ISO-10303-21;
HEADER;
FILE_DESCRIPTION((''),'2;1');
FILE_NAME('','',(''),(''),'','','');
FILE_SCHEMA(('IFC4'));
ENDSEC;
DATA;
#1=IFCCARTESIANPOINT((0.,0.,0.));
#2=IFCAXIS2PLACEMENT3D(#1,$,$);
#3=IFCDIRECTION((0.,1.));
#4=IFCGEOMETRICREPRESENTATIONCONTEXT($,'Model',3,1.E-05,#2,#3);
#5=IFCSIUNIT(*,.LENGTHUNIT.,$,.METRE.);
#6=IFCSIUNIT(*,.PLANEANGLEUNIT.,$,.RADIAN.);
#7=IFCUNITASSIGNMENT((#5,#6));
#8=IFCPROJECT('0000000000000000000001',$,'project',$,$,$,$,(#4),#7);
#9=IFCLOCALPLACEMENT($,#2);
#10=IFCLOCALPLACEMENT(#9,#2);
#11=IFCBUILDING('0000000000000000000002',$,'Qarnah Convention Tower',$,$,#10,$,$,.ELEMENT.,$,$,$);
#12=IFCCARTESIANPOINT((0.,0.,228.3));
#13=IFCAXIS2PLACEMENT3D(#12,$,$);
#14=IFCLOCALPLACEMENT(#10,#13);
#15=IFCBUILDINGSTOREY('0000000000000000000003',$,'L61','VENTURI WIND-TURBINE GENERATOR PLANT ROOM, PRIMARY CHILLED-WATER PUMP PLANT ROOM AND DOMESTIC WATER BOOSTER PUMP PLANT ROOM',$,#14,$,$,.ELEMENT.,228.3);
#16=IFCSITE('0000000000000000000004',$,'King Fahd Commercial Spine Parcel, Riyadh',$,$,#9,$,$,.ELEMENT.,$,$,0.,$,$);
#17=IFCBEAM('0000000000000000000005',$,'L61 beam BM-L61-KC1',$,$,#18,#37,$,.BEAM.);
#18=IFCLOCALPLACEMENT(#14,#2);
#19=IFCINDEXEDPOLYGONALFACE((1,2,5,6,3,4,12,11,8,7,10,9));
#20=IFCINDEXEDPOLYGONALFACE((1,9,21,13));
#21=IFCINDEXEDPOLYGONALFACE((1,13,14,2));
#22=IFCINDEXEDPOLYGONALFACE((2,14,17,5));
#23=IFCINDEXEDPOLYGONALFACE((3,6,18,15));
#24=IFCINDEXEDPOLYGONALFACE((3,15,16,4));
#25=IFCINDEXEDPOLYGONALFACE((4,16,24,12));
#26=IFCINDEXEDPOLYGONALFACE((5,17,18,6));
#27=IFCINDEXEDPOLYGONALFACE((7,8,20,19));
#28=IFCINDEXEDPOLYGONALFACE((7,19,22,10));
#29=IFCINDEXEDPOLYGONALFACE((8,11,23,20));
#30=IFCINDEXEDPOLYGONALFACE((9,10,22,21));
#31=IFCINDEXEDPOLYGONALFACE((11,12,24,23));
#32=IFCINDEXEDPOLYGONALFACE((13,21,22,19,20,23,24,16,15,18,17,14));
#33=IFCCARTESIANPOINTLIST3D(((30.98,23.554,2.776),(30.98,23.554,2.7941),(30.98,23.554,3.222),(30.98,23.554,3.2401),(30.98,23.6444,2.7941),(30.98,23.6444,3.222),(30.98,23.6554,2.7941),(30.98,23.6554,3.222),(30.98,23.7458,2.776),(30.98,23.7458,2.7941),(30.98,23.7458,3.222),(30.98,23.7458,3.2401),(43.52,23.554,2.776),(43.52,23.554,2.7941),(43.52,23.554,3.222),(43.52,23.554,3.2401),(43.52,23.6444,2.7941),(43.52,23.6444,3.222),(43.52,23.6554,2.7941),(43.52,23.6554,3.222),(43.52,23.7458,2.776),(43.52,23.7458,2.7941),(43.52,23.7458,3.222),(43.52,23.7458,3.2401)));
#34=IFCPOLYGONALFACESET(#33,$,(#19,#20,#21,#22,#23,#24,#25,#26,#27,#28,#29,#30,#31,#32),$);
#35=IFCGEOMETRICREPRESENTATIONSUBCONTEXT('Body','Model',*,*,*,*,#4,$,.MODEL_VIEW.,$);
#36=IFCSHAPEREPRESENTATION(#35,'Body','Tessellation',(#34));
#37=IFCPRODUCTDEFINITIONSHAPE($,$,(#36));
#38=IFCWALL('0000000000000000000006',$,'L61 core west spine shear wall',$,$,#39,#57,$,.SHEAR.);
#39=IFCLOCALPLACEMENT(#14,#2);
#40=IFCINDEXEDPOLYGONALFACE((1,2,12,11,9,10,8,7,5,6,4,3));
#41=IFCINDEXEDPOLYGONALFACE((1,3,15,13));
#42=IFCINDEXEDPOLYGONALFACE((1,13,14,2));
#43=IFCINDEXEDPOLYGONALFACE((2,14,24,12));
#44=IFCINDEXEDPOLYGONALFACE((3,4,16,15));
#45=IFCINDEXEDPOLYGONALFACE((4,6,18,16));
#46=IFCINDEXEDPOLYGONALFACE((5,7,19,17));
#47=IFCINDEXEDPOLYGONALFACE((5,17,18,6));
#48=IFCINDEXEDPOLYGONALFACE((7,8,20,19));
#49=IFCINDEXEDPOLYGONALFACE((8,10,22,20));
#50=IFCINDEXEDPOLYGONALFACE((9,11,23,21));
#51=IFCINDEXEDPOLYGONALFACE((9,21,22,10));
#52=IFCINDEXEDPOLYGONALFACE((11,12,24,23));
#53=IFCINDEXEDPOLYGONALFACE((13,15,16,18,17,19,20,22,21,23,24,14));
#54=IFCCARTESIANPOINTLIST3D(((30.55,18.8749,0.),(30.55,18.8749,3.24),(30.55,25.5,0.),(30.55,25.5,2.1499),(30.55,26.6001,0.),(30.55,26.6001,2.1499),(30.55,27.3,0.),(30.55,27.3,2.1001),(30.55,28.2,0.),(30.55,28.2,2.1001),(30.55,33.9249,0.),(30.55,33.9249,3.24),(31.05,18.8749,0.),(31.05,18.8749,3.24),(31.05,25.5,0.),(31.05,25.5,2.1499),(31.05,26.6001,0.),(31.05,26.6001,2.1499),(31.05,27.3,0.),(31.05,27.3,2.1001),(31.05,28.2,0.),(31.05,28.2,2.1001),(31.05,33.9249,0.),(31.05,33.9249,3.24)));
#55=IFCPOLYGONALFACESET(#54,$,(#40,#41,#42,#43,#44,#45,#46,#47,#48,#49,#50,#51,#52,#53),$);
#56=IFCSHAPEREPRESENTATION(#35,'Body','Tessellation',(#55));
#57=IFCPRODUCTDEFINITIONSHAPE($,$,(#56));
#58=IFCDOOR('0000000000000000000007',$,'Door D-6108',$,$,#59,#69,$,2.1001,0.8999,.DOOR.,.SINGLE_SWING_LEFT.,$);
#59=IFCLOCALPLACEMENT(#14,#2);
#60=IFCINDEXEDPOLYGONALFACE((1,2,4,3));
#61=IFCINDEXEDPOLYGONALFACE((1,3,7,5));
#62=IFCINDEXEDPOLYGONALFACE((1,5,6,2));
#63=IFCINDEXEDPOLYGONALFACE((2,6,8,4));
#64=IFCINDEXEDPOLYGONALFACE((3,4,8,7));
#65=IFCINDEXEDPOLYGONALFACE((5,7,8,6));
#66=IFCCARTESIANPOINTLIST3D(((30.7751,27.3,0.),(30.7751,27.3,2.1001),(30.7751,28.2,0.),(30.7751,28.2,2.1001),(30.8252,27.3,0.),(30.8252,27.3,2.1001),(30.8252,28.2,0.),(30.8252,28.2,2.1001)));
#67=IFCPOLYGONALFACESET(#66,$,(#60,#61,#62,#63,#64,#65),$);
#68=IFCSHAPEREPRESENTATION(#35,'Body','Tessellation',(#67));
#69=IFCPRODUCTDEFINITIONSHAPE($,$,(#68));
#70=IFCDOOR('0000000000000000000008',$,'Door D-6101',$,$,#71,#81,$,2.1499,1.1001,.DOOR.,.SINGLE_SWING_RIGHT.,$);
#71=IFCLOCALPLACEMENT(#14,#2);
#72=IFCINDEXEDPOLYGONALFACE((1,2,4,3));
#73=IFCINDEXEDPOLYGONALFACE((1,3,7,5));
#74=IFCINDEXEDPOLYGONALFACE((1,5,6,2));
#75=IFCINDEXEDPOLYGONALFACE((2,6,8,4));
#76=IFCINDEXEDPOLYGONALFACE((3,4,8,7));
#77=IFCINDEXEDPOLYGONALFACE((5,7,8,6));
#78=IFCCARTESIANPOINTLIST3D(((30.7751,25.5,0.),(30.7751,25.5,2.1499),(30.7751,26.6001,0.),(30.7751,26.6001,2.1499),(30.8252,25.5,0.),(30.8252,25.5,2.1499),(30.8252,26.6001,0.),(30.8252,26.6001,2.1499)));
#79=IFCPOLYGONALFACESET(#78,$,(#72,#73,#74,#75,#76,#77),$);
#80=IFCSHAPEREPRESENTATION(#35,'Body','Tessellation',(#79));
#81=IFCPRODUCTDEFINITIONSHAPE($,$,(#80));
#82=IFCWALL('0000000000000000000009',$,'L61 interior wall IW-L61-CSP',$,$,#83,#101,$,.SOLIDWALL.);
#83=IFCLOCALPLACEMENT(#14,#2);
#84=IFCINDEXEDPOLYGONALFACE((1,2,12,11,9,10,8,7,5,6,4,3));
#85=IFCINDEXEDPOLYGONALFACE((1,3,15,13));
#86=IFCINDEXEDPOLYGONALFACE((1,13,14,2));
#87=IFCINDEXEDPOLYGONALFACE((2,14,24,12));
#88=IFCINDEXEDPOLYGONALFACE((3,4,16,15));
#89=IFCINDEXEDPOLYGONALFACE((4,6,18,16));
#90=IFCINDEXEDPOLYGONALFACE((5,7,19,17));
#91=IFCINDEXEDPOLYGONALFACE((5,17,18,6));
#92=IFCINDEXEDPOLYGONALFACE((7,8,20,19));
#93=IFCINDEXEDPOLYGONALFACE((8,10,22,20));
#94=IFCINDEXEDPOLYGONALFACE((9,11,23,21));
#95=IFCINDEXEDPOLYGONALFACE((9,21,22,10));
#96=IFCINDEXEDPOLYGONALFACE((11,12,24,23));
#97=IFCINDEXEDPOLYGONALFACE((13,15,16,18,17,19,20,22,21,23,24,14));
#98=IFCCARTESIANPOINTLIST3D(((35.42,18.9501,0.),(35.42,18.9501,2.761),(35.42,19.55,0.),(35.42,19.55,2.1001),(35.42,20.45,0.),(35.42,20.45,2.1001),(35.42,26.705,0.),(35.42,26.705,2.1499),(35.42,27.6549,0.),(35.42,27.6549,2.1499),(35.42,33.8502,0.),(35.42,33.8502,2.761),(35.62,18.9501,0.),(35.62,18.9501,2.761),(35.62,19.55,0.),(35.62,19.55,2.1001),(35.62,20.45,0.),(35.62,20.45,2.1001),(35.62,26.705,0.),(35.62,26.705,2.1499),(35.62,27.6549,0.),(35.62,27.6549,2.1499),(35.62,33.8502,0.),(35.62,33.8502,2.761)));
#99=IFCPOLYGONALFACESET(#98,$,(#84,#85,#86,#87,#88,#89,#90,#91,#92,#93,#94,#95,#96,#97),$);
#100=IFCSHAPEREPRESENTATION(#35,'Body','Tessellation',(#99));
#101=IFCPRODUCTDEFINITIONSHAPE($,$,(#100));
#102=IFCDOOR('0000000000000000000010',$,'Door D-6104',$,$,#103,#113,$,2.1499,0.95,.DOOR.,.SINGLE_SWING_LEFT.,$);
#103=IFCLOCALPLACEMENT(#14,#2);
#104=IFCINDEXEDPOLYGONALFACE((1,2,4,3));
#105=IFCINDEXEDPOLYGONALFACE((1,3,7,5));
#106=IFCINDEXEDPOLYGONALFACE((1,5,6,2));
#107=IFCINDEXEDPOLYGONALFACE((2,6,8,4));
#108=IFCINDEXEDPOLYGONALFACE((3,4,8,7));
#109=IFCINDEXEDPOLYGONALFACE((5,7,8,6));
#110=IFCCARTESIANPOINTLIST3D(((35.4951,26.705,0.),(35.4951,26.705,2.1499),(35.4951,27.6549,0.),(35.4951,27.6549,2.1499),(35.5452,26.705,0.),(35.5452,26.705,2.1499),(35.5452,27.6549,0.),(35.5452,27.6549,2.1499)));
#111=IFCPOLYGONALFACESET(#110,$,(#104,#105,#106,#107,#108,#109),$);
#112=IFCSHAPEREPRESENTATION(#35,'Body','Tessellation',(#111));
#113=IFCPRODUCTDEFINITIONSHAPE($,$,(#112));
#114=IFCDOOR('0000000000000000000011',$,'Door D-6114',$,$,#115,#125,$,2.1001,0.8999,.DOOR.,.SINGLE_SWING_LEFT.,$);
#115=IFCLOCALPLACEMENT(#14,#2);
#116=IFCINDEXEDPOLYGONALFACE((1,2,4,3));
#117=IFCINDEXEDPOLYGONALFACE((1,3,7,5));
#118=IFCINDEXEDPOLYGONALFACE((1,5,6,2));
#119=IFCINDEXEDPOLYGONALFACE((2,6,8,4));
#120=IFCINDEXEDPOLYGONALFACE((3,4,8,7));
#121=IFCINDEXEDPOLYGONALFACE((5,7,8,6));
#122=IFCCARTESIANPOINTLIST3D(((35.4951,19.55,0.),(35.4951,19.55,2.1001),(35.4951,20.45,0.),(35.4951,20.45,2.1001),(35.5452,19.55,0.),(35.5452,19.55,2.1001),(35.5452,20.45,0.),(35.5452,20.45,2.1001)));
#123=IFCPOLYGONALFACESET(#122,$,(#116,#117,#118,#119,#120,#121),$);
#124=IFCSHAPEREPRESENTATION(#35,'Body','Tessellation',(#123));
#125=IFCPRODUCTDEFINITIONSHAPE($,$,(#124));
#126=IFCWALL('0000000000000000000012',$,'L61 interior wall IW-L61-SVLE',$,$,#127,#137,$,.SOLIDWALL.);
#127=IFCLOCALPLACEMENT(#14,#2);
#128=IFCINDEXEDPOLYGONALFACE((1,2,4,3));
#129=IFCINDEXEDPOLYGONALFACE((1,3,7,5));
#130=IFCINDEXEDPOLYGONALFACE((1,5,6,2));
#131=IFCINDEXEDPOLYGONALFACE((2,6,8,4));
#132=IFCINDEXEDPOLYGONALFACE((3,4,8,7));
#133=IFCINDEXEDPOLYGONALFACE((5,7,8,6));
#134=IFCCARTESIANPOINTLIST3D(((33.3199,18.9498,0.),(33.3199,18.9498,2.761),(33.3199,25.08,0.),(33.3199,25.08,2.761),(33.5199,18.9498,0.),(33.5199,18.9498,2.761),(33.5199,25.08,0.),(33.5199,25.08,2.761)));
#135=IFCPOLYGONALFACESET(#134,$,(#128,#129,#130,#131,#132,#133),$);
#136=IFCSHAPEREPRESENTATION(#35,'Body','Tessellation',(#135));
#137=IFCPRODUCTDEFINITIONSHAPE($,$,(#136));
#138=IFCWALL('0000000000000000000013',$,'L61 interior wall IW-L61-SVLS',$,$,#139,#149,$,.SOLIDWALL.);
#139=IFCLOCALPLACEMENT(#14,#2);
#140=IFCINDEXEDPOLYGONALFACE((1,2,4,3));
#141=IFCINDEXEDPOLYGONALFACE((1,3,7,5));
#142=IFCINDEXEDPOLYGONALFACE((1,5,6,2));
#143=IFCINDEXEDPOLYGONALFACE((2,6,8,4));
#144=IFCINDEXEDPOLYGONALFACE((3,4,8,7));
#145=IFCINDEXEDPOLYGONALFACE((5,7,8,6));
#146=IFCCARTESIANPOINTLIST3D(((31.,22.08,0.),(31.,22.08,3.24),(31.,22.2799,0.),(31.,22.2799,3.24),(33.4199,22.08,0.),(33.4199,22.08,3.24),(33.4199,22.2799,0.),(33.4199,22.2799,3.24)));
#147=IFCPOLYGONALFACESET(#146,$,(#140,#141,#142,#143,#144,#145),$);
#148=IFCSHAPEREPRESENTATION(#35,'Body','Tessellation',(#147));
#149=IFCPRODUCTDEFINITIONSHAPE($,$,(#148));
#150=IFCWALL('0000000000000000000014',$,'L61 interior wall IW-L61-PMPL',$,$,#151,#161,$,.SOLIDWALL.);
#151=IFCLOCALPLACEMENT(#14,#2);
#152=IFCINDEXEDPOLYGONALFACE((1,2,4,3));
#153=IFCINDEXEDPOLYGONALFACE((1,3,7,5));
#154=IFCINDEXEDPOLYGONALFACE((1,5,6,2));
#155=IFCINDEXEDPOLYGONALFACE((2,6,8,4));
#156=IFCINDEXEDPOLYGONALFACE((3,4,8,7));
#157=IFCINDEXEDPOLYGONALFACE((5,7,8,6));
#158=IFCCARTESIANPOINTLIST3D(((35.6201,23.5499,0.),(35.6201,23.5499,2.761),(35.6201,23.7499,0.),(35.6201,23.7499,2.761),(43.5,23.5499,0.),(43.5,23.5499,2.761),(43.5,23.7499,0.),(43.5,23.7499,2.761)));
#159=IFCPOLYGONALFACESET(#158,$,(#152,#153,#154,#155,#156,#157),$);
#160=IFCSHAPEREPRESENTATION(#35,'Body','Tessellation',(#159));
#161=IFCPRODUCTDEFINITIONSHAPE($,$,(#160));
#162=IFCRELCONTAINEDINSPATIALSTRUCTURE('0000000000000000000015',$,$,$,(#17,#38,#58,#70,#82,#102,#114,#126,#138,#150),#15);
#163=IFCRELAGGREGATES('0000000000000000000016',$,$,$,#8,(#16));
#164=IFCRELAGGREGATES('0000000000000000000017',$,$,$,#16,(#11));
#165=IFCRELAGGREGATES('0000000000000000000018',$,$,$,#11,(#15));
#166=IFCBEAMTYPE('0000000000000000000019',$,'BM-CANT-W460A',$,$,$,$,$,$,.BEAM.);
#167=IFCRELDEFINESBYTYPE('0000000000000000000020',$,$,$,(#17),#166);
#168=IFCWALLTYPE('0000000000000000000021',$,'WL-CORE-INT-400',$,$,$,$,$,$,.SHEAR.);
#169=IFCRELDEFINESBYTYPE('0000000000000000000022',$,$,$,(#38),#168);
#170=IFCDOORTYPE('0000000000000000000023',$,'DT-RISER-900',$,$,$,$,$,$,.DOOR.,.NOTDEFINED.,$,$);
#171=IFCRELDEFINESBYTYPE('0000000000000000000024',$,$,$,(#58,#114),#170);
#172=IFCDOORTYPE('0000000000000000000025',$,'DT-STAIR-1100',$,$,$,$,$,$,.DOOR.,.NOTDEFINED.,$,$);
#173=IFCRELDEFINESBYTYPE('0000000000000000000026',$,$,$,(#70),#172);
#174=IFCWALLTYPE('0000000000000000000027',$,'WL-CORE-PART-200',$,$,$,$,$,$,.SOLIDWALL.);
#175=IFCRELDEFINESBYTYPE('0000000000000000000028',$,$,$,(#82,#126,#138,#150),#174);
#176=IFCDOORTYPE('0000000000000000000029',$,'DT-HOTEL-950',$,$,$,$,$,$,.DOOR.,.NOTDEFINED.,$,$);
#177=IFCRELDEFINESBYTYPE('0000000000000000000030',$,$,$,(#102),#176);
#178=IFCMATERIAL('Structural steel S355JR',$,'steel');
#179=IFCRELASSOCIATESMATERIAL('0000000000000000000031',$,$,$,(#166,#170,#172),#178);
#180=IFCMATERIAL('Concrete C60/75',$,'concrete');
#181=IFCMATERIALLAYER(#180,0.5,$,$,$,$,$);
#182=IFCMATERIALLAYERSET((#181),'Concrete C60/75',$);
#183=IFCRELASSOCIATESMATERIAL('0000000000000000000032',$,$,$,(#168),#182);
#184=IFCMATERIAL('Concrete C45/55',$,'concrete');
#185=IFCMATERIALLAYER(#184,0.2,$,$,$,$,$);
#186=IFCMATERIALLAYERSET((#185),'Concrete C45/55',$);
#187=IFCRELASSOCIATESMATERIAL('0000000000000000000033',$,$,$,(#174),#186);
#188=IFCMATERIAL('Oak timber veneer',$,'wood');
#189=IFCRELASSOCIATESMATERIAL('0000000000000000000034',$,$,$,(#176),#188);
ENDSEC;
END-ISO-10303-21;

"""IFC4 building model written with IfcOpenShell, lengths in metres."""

from ifc_helpers import new_model, si_unit, direction, frame, frame_2d, origin, origin_2d, place, context, subcontext, project, spatial, rectangle, i_section, extrude, material, layer, layer_set, material_profile, profile_set, type_object, element, fill, save


model = new_model("IFC4")

# Units and contexts
model_context = context("Model", 3, precision=1e-05, world=origin(), true_north=direction((0.0, 1.0)))
body_context = subcontext(model_context, "Body", "Model", "MODEL_VIEW")
ifc_project = project(units=[si_unit("LENGTHUNIT", "METRE"), si_unit("PLANEANGLEUNIT", "RADIAN")], contexts=[model_context])

# Site, building, storey
site_placement = place(None, origin())
site = spatial("IfcSite", under=ifc_project, at=site_placement, Name="King Fahd Commercial Spine Parcel, Riyadh", CompositionType="ELEMENT", RefElevation=0.0)
building_placement = place(site_placement, origin())
building = spatial("IfcBuilding", under=site, at=building_placement, Name="Qarnah Convention Tower", CompositionType="ELEMENT")
storey_placement = place(building_placement, frame((0.0, 0.0, 228.3)))
storey = spatial("IfcBuildingStorey", under=building, at=storey_placement, Name="L61", Description="VENTURI WIND-TURBINE GENERATOR PLANT ROOM, PRIMARY CHILLED-WATER PUMP PLANT ROOM AND DOMESTIC WATER BOOSTER PUMP PLANT ROOM", CompositionType="ELEMENT", Elevation=228.3)

# Beam
ifc_material_1 = material(Name="Structural steel S355JR", Category="steel")
ifc_material_profile = material_profile(ifc_material_1, i_section(OverallWidth=0.1919, OverallDepth=0.4641, WebThickness=0.011, FlangeThickness=0.0181, at=origin_2d()), Name="W460X89")
ifc_profile_set = profile_set([ifc_material_profile], Name="Structural steel S355JR")
beam_type = type_object("IfcBeamType", Name="BM-CANT-W460A", PredefinedType="BEAM", material=ifc_profile_set)
beam_placement = place(storey_placement, frame((30.98, 23.6499, 3.0081), z_axis=(1.0, 0.0, 0.0), x_axis=(0.0, 1.0, 0.0)))
element("IfcBeam", 1, at=beam_placement, inside=storey, type_object=beam_type, Name="L61 beam BM-L61-KC1", PredefinedType="BEAM", context=body_context, shape_type="SweptSolid", body=[
    extrude(i_section(OverallWidth=0.1919, OverallDepth=0.4641, WebThickness=0.011, FlangeThickness=0.0181, at=origin_2d()), origin(), (0.0, 0.0, 1.0), 12.54),
])

# Walls, openings, doors
ifc_material_2 = material(Name="Concrete C60/75", Category="concrete")
ifc_layer_1 = layer(ifc_material_2, 0.5)
ifc_layer_set_1 = layer_set([ifc_layer_1], Name="Concrete C60/75")
wall_type_1 = type_object("IfcWallType", Name="WL-CORE-INT-400", PredefinedType="SHEAR", material=ifc_layer_set_1)
wall_1_placement = place(storey_placement, frame((30.8, 18.875, 0.0), z_axis=(0.0, 0.0, 1.0), x_axis=(0.0, 1.0, 0.0)))
wall_1 = element("IfcWall", 2, at=wall_1_placement, inside=storey, type_object=wall_type_1, Name="L61 core west spine shear wall", PredefinedType="SHEAR", context=body_context, shape_type="SweptSolid", body=[
    extrude(rectangle(XDim=15.05, YDim=0.5, at=frame_2d((7.5249, 0.0))), origin(), (0.0, 0.0, 1.0), 3.24),
])
opening_1_placement = place(wall_1_placement, frame((6.625, 0.0, 0.0)))
opening_1 = element("IfcOpeningElement", 3, at=opening_1_placement, cuts=wall_1, PredefinedType="OPENING", context=body_context, shape_type="SweptSolid", body=[
    extrude(rectangle(XDim=1.1001, YDim=2.1499, at=frame_2d((0.55, 1.075))), frame((0.0, 0.26, 0.0), z_axis=(0.0, -1.0, 0.0), x_axis=(1.0, 0.0, 0.0)), (0.0, 0.0, 1.0), 0.52),
])
opening_2_placement = place(wall_1_placement, frame((8.425, 0.0, 0.0)))
opening_2 = element("IfcOpeningElement", 4, at=opening_2_placement, cuts=wall_1, PredefinedType="OPENING", context=body_context, shape_type="SweptSolid", body=[
    extrude(rectangle(XDim=0.8999, YDim=2.1001, at=frame_2d((0.45, 1.05))), frame((0.0, 0.26, 0.0), z_axis=(0.0, -1.0, 0.0), x_axis=(1.0, 0.0, 0.0)), (0.0, 0.0, 1.0), 0.52),
])
door_type_1 = type_object("IfcDoorType", Name="DT-RISER-900", OperationType="NOTDEFINED", PredefinedType="DOOR", material=ifc_material_1)
door_1_placement = place(opening_2_placement, origin())
door_1 = element("IfcDoor", 5, at=door_1_placement, inside=storey, type_object=door_type_1, Name="Door D-6108", OperationType="SINGLE_SWING_LEFT", OverallHeight=2.1001, OverallWidth=0.8999, PredefinedType="DOOR", context=body_context, shape_type="SweptSolid", body=[
    extrude(rectangle(XDim=0.8999, YDim=2.1001, at=frame_2d((0.45, 1.05))), frame((0.0, 0.0249, 0.0), z_axis=(0.0, -1.0, 0.0), x_axis=(1.0, 0.0, 0.0)), (0.0, 0.0, 1.0), 0.05),
])
fill(opening_2, door_1)
door_type_2 = type_object("IfcDoorType", Name="DT-STAIR-1100", OperationType="NOTDEFINED", PredefinedType="DOOR", material=ifc_material_1)
door_2_placement = place(opening_1_placement, origin())
door_2 = element("IfcDoor", 6, at=door_2_placement, inside=storey, type_object=door_type_2, Name="Door D-6101", OperationType="SINGLE_SWING_RIGHT", OverallHeight=2.1499, OverallWidth=1.1001, PredefinedType="DOOR", context=body_context, shape_type="SweptSolid", body=[
    extrude(rectangle(XDim=1.1001, YDim=2.1499, at=frame_2d((0.55, 1.075))), frame((0.0, 0.0249, 0.0), z_axis=(0.0, -1.0, 0.0), x_axis=(1.0, 0.0, 0.0)), (0.0, 0.0, 1.0), 0.05),
])
fill(opening_1, door_2)
ifc_material_3 = material(Name="Concrete C45/55", Category="concrete")
ifc_layer_2 = layer(ifc_material_3, 0.2)
ifc_layer_set_2 = layer_set([ifc_layer_2], Name="Concrete C45/55")
wall_type_2 = type_object("IfcWallType", Name="WL-CORE-PART-200", PredefinedType="SOLIDWALL", material=ifc_layer_set_2)
wall_2_placement = place(storey_placement, frame((35.52, 18.95, 0.0), z_axis=(0.0, 0.0, 1.0), x_axis=(0.0, 1.0, 0.0)))
wall_2 = element("IfcWall", 7, at=wall_2_placement, inside=storey, type_object=wall_type_2, Name="L61 interior wall IW-L61-CSP", PredefinedType="SOLIDWALL", context=body_context, shape_type="SweptSolid", body=[
    extrude(rectangle(XDim=14.9001, YDim=0.2, at=frame_2d((7.4502, 0.0))), origin(), (0.0, 0.0, 1.0), 2.761),
])
opening_3_placement = place(wall_2_placement, frame((7.7549, 0.0, 0.0)))
opening_3 = element("IfcOpeningElement", 8, at=opening_3_placement, cuts=wall_2, PredefinedType="OPENING", context=body_context, shape_type="SweptSolid", body=[
    extrude(rectangle(XDim=0.95, YDim=2.1499, at=frame_2d((0.4751, 1.075))), frame((0.0, 0.1099, 0.0), z_axis=(0.0, -1.0, 0.0), x_axis=(1.0, 0.0, 0.0)), (0.0, 0.0, 1.0), 0.22),
])
opening_4_placement = place(wall_2_placement, frame((0.6001, 0.0, 0.0)))
opening_4 = element("IfcOpeningElement", 9, at=opening_4_placement, cuts=wall_2, PredefinedType="OPENING", context=body_context, shape_type="SweptSolid", body=[
    extrude(rectangle(XDim=0.8999, YDim=2.1001, at=frame_2d((0.45, 1.05))), frame((0.0, 0.1099, 0.0), z_axis=(0.0, -1.0, 0.0), x_axis=(1.0, 0.0, 0.0)), (0.0, 0.0, 1.0), 0.22),
])
ifc_material_4 = material(Name="Oak timber veneer", Category="wood")
door_type_3 = type_object("IfcDoorType", Name="DT-HOTEL-950", OperationType="NOTDEFINED", PredefinedType="DOOR", material=ifc_material_4)
door_3_placement = place(opening_3_placement, origin())
door_3 = element("IfcDoor", 10, at=door_3_placement, inside=storey, type_object=door_type_3, Name="Door D-6104", OperationType="SINGLE_SWING_LEFT", OverallHeight=2.1499, OverallWidth=0.95, PredefinedType="DOOR", context=body_context, shape_type="SweptSolid", body=[
    extrude(rectangle(XDim=0.95, YDim=2.1499, at=frame_2d((0.4751, 1.075))), frame((0.0, 0.0249, 0.0), z_axis=(0.0, -1.0, 0.0), x_axis=(1.0, 0.0, 0.0)), (0.0, 0.0, 1.0), 0.05),
])
fill(opening_3, door_3)
door_4_placement = place(opening_4_placement, origin())
door_4 = element("IfcDoor", 11, at=door_4_placement, inside=storey, type_object=door_type_1, Name="Door D-6114", OperationType="SINGLE_SWING_LEFT", OverallHeight=2.1001, OverallWidth=0.8999, PredefinedType="DOOR", context=body_context, shape_type="SweptSolid", body=[
    extrude(rectangle(XDim=0.8999, YDim=2.1001, at=frame_2d((0.45, 1.05))), frame((0.0, 0.0249, 0.0), z_axis=(0.0, -1.0, 0.0), x_axis=(1.0, 0.0, 0.0)), (0.0, 0.0, 1.0), 0.05),
])
fill(opening_4, door_4)

# Walls
wall_3_placement = place(storey_placement, frame((33.4199, 18.95, 0.0), z_axis=(0.0, 0.0, 1.0), x_axis=(0.0, 1.0, 0.0)))
element("IfcWall", 12, at=wall_3_placement, inside=storey, type_object=wall_type_2, Name="L61 interior wall IW-L61-SVLE", PredefinedType="SOLIDWALL", context=body_context, shape_type="SweptSolid", body=[
    extrude(rectangle(XDim=6.1301, YDim=0.2, at=frame_2d((3.0649, 0.0))), origin(), (0.0, 0.0, 1.0), 2.761),
])
wall_4_placement = place(storey_placement, frame((31.0, 22.1799, 0.0), z_axis=(0.0, 0.0, 1.0), x_axis=(1.0, 0.0, 0.0)))
element("IfcWall", 13, at=wall_4_placement, inside=storey, type_object=wall_type_2, Name="L61 interior wall IW-L61-SVLS", PredefinedType="SOLIDWALL", context=body_context, shape_type="SweptSolid", body=[
    extrude(rectangle(XDim=2.4199, YDim=0.2, at=frame_2d((1.21, 0.0))), origin(), (0.0, 0.0, 1.0), 3.24),
])
wall_5_placement = place(storey_placement, frame((35.6201, 23.6499, 0.0), z_axis=(0.0, 0.0, 1.0), x_axis=(1.0, 0.0, 0.0)))
element("IfcWall", 14, at=wall_5_placement, inside=storey, type_object=wall_type_2, Name="L61 interior wall IW-L61-PMPL", PredefinedType="SOLIDWALL", context=body_context, shape_type="SweptSolid", body=[
    extrude(rectangle(XDim=7.8799, YDim=0.2, at=frame_2d((3.9399, 0.0))), origin(), (0.0, 0.0, 1.0), 2.761),
])

save(model, "model.ifc")
